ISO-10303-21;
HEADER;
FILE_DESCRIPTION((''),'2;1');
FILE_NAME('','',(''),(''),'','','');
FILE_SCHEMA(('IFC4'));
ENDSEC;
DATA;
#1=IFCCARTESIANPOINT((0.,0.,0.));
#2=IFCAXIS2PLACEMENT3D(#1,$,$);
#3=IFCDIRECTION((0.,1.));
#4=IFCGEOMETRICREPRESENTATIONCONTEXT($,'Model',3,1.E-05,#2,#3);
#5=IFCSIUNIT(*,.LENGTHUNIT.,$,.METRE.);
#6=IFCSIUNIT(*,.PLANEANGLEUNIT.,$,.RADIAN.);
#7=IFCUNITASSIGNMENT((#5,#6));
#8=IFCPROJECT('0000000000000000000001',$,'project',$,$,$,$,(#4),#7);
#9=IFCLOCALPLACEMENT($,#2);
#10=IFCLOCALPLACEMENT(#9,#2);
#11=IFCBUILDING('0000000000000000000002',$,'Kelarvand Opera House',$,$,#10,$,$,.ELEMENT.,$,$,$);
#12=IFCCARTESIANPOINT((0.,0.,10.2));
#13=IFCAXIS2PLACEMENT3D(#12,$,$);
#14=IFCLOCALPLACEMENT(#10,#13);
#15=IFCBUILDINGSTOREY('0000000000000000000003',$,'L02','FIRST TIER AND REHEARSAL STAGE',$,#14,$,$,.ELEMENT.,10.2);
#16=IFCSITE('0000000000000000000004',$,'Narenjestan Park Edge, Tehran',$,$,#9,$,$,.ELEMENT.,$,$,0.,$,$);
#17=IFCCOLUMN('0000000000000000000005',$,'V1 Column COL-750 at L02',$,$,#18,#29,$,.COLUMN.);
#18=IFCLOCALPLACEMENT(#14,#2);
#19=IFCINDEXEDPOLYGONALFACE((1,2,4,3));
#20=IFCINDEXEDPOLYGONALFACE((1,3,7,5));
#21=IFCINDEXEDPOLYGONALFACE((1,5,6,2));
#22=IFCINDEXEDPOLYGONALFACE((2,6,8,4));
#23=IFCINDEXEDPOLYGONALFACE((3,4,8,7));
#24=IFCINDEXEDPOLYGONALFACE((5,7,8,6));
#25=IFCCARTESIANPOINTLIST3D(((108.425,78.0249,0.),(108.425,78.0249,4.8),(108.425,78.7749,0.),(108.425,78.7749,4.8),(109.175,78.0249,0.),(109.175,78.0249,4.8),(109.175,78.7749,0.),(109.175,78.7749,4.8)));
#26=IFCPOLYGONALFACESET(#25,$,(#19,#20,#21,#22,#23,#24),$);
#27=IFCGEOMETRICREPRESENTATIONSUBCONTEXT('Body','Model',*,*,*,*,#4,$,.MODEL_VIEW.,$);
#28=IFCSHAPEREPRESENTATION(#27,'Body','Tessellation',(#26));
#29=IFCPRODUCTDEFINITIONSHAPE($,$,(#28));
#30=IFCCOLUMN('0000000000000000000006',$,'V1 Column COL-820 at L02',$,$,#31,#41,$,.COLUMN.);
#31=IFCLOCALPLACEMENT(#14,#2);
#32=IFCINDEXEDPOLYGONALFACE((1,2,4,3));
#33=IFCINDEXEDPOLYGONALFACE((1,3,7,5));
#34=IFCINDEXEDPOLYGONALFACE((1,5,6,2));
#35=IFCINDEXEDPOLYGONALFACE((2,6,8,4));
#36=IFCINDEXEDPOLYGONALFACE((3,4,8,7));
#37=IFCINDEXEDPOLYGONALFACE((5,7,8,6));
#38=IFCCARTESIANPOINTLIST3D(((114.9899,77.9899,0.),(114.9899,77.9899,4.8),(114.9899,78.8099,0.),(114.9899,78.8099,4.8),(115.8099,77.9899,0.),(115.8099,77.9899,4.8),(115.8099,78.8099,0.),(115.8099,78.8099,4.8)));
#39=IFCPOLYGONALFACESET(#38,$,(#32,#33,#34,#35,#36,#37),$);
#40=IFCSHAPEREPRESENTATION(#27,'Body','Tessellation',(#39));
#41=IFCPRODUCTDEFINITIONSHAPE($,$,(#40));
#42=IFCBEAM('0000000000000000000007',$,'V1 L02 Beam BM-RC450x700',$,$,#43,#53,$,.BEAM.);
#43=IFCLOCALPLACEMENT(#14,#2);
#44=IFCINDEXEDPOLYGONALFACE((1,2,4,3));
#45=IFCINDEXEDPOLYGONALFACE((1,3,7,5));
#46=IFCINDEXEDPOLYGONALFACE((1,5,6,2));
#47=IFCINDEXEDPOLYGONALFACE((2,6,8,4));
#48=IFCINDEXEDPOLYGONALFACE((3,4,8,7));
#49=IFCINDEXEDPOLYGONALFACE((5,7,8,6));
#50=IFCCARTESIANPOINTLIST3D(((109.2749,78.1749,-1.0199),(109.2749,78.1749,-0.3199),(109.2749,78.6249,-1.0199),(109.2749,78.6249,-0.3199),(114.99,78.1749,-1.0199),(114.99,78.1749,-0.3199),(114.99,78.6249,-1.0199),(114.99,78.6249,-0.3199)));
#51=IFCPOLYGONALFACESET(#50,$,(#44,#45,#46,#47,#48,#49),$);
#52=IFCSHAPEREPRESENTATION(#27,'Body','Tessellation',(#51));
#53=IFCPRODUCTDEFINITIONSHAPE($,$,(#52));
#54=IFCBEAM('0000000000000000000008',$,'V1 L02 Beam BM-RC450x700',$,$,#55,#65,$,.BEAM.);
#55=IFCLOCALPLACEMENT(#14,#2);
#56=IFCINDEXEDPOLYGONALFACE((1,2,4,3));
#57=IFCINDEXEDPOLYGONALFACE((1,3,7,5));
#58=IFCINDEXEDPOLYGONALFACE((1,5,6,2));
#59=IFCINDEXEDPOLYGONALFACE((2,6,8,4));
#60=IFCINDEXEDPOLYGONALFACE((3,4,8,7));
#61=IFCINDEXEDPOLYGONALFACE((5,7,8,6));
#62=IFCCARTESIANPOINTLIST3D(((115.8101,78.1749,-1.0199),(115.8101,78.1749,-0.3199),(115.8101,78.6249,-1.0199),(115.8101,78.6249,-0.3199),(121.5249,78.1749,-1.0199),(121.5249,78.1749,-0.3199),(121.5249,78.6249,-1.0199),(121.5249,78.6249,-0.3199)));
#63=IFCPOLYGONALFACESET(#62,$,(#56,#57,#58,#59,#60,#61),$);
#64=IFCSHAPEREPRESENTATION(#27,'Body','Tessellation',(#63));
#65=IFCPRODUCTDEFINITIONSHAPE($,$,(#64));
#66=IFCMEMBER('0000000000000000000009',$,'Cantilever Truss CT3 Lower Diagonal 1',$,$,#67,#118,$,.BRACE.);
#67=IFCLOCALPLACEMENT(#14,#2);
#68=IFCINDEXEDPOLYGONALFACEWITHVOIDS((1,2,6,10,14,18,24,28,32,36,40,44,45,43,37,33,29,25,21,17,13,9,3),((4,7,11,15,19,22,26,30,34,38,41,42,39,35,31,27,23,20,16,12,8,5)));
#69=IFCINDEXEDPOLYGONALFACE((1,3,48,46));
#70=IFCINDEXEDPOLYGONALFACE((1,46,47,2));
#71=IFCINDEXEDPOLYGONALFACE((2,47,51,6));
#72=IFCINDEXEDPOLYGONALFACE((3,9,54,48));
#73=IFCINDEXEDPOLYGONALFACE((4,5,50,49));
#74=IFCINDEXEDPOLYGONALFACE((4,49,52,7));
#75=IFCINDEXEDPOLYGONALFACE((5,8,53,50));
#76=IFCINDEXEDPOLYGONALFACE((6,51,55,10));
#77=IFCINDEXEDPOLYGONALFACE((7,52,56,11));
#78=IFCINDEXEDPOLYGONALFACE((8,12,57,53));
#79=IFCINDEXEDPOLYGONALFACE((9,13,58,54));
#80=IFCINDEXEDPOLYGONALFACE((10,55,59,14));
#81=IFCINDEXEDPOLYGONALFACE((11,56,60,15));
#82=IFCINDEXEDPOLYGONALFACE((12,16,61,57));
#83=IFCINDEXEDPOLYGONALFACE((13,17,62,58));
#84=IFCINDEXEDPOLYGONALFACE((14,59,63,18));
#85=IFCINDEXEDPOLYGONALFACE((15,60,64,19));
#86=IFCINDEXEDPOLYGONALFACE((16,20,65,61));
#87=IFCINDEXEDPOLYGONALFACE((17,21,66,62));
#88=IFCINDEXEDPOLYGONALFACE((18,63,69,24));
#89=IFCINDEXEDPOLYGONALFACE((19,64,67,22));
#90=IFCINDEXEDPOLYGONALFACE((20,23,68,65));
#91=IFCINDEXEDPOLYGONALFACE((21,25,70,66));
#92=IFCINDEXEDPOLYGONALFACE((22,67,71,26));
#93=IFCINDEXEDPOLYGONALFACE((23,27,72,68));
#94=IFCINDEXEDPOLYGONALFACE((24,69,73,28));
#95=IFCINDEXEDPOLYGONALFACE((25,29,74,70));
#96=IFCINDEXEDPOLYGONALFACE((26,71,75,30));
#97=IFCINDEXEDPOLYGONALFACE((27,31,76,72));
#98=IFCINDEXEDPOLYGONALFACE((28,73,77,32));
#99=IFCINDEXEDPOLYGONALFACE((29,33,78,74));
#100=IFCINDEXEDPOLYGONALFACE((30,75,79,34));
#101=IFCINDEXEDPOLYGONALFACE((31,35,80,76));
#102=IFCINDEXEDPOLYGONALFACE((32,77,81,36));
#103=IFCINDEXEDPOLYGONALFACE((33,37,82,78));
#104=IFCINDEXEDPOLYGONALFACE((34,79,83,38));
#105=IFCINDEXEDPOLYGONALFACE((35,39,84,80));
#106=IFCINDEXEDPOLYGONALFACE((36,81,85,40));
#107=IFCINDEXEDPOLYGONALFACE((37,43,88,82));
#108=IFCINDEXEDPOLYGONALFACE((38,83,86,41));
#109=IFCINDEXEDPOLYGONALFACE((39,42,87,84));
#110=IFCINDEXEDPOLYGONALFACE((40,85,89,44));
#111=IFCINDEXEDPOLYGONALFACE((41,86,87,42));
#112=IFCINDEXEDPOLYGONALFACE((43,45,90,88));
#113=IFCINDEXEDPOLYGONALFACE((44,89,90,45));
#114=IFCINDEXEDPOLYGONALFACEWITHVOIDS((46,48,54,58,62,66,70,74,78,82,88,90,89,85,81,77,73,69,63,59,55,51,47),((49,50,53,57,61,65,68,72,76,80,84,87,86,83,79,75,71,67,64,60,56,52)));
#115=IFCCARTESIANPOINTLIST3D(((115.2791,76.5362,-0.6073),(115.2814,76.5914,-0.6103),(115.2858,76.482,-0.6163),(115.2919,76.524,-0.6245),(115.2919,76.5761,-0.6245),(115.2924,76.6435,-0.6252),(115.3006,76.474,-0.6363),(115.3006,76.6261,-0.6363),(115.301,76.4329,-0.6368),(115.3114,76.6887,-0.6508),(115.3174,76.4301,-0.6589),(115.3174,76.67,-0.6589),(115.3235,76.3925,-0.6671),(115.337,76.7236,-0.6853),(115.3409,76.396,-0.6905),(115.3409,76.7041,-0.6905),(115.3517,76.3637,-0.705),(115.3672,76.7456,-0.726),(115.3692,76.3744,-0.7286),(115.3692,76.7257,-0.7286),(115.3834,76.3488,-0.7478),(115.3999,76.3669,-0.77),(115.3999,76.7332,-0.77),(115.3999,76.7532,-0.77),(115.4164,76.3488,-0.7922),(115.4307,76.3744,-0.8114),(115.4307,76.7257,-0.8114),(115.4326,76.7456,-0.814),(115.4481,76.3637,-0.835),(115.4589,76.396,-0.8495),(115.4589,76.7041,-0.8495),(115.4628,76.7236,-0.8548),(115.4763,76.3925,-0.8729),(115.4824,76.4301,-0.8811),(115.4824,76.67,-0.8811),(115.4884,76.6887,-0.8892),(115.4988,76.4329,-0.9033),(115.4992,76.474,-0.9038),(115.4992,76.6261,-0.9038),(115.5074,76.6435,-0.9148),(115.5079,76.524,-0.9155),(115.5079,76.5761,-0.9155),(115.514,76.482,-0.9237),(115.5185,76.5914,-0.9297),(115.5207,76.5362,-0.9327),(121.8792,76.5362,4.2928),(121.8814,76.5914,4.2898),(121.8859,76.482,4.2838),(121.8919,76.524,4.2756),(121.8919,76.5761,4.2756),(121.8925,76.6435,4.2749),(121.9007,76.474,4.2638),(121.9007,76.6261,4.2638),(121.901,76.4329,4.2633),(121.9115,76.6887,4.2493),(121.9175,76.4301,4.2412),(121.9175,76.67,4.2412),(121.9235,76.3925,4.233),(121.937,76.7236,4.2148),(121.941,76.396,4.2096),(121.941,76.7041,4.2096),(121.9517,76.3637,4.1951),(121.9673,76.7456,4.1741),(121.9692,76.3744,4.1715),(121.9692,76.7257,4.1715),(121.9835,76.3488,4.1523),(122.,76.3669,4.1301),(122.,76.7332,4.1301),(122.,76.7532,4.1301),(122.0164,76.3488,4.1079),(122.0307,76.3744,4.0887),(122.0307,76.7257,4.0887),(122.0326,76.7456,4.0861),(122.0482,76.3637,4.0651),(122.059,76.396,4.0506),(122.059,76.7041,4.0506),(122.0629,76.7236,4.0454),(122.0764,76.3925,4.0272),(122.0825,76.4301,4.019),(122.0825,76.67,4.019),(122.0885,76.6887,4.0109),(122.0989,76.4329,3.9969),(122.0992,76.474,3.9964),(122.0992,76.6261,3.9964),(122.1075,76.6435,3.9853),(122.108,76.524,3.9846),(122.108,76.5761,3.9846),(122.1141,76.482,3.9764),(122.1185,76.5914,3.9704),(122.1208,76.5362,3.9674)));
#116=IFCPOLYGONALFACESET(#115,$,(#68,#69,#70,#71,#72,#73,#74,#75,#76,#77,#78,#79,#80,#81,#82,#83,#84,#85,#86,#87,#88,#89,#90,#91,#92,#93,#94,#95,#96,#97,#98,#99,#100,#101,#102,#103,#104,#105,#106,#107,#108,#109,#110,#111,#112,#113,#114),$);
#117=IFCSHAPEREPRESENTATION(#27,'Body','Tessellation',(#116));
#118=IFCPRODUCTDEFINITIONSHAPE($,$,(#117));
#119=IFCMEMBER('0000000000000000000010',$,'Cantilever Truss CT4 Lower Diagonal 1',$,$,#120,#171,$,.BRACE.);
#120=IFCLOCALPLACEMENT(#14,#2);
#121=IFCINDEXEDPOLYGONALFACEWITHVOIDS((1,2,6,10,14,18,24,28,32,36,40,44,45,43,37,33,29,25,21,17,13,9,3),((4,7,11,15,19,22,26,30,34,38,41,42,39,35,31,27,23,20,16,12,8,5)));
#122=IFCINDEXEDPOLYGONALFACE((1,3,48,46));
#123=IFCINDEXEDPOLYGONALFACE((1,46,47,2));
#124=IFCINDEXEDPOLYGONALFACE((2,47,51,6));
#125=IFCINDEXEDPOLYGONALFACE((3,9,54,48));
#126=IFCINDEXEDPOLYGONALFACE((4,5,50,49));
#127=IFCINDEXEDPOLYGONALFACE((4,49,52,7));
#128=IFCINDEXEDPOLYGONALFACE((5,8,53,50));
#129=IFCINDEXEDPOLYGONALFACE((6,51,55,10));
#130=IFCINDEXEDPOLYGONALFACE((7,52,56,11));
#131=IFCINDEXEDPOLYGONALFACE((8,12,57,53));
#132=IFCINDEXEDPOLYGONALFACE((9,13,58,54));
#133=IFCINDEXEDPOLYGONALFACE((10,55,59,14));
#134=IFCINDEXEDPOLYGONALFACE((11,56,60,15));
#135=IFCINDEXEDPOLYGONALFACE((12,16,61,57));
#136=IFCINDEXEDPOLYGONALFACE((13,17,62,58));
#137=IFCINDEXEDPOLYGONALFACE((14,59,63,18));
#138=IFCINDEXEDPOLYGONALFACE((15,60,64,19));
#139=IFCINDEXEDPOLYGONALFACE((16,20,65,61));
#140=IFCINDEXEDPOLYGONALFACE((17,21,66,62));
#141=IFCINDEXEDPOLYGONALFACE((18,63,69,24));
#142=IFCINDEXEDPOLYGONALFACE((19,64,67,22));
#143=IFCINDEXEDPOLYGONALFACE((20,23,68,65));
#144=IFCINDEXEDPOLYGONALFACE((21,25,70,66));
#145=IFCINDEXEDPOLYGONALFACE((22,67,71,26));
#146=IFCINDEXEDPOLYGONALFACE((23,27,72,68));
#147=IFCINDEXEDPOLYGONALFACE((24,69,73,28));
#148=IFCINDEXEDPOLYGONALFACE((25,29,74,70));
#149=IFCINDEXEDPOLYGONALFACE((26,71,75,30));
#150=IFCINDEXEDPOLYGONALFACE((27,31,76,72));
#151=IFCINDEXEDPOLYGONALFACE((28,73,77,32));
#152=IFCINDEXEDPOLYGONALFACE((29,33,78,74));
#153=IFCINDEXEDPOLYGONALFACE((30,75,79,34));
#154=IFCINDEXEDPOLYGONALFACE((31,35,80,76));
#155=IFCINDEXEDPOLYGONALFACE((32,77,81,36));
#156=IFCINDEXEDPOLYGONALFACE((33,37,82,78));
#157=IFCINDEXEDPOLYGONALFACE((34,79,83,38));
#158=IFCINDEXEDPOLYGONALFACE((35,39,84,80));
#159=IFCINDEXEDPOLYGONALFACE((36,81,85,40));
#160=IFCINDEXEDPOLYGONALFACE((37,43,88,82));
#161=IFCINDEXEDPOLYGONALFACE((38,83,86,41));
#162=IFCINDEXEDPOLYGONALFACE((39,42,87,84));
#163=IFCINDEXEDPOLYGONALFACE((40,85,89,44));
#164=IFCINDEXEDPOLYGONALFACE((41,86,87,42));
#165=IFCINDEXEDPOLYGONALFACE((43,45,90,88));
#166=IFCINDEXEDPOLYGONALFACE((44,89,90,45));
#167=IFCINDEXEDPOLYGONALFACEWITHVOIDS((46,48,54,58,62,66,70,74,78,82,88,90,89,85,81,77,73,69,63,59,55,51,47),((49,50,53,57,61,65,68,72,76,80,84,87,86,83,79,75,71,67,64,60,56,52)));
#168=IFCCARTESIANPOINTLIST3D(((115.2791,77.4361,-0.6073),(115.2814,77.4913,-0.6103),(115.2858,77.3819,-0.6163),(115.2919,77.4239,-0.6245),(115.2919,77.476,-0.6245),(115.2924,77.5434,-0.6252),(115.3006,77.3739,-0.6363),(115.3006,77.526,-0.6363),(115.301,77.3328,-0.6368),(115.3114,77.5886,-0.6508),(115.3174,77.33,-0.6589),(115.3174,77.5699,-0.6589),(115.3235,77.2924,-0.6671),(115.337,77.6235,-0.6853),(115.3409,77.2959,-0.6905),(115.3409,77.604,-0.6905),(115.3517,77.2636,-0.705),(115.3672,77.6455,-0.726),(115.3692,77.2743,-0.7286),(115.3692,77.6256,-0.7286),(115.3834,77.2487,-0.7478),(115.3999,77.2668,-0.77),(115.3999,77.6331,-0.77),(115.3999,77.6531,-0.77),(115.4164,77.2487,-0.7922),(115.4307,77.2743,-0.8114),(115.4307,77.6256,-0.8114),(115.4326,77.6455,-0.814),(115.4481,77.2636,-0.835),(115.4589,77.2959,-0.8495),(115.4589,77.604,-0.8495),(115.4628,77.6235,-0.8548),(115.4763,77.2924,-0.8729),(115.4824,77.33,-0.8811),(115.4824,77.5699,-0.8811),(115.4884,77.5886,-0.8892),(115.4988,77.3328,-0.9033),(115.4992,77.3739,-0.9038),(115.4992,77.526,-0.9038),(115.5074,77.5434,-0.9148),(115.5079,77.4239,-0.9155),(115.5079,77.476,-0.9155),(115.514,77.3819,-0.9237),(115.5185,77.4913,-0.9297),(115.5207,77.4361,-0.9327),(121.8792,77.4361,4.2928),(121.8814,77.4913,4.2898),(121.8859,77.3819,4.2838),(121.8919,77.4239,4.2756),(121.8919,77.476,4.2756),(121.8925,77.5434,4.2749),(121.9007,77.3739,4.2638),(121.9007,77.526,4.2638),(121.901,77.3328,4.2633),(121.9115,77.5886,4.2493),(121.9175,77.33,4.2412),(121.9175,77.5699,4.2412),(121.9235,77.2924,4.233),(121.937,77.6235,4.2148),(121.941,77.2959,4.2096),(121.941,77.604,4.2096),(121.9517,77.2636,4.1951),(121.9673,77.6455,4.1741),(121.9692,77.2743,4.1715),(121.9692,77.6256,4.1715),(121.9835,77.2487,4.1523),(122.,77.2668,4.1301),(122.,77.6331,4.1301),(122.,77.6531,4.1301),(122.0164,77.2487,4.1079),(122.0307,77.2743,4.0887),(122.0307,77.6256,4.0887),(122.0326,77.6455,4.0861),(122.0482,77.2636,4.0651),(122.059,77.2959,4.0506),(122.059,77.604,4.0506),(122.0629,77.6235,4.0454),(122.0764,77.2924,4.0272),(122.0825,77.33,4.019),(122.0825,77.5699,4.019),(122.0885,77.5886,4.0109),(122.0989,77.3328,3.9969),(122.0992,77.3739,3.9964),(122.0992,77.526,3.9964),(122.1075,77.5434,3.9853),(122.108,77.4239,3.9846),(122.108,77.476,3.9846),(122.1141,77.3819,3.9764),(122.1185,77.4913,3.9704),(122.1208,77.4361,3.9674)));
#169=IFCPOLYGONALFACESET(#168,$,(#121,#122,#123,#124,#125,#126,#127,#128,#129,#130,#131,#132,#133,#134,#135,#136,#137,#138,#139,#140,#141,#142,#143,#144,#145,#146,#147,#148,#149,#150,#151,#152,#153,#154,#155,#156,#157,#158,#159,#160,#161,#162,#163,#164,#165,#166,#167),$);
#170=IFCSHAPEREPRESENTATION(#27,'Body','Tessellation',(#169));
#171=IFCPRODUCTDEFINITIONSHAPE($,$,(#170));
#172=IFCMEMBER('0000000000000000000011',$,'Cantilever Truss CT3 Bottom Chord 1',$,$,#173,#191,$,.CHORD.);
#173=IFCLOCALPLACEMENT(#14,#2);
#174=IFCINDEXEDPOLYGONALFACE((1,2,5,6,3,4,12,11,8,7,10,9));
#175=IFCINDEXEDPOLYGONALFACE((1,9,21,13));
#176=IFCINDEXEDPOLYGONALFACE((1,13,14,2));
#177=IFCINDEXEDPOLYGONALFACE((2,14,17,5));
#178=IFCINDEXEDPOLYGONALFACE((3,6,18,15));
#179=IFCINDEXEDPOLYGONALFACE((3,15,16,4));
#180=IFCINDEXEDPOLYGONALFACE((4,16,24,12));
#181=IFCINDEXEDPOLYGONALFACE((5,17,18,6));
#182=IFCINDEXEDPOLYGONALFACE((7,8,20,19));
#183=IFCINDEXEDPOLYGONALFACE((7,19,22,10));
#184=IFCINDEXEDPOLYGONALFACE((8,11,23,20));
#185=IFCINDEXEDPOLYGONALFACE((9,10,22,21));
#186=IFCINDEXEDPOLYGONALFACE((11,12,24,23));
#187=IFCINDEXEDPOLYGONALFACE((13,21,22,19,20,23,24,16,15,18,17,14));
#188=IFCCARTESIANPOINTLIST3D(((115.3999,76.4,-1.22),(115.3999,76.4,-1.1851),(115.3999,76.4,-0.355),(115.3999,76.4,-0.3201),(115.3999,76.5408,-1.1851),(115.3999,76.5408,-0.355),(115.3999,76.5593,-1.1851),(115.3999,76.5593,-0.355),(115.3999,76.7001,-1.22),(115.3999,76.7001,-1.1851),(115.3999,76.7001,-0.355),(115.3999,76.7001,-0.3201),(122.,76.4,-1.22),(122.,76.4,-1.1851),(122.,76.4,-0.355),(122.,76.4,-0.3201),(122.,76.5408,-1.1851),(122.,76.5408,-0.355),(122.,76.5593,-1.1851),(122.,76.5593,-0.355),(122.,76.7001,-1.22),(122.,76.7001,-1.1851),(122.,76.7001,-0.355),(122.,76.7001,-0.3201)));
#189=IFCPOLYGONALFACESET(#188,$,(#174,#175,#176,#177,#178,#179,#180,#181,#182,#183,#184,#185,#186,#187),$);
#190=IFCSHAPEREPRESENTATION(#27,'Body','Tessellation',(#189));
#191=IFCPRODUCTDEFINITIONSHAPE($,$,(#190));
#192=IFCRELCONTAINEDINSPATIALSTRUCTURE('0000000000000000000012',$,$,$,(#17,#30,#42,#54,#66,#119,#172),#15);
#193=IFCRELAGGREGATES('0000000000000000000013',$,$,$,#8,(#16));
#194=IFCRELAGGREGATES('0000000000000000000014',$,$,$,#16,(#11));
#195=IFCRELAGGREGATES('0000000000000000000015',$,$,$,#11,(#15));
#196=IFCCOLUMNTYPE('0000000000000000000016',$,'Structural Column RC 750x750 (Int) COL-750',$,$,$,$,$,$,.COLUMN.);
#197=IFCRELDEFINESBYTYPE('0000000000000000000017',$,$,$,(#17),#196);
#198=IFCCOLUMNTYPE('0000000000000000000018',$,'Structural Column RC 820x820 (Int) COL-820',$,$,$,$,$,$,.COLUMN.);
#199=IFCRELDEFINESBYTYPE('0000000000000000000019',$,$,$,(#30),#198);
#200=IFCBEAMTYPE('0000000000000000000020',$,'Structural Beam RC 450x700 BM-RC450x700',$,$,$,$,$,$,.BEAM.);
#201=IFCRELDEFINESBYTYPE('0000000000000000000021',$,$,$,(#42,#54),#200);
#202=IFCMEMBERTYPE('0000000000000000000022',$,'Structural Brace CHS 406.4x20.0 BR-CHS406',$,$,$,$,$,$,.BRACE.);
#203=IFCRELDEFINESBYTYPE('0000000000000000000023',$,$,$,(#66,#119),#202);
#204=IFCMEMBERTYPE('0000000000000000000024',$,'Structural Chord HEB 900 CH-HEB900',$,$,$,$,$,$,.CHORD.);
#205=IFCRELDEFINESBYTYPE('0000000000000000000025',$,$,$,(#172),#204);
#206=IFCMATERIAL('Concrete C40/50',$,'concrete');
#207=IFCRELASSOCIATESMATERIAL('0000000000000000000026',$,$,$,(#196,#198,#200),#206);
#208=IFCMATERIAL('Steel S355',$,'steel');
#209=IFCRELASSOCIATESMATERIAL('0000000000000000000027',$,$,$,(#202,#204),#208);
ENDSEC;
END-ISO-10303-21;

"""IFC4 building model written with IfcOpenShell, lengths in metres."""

from ifc_helpers import new_model, si_unit, direction, frame, origin, origin_2d, place, context, subcontext, project, spatial, rectangle, hollow_circle, i_section, extrude, material, material_profile, profile_set, type_object, element, save


model = new_model("IFC4")

# Units and contexts
model_context = context("Model", 3, precision=1e-05, world=origin(), true_north=direction((0.0, 1.0)))
body_context = subcontext(model_context, "Body", "Model", "MODEL_VIEW")
ifc_project = project(units=[si_unit("LENGTHUNIT", "METRE"), si_unit("PLANEANGLEUNIT", "RADIAN")], contexts=[model_context])

# Site, building, storey
site_placement = place(None, origin())
site = spatial("IfcSite", under=ifc_project, at=site_placement, Name="Narenjestan Park Edge, Tehran", CompositionType="ELEMENT", RefElevation=0.0)
building_placement = place(site_placement, origin())
building = spatial("IfcBuilding", under=site, at=building_placement, Name="Kelarvand Opera House", CompositionType="ELEMENT")
storey_placement = place(building_placement, frame((0.0, 0.0, 10.2)))
storey = spatial("IfcBuildingStorey", under=building, at=storey_placement, Name="L02", Description="FIRST TIER AND REHEARSAL STAGE", CompositionType="ELEMENT", Elevation=10.2)

# Columns
ifc_material_1 = material(Name="Concrete C40/50", Category="concrete")
ifc_material_profile_1 = material_profile(ifc_material_1, rectangle(XDim=0.75, YDim=0.75, at=origin_2d()), Name="RC 750x750", Category="concrete")
ifc_profile_set_1 = profile_set([ifc_material_profile_1], Name="Concrete C40/50")
column_type_1 = type_object("IfcColumnType", Name="Structural Column RC 750x750 (Int) COL-750", PredefinedType="COLUMN", material=ifc_profile_set_1)
column_1_placement = place(storey_placement, frame((108.8, 78.3999, 0.0), z_axis=(0.0, 0.0, 1.0), x_axis=(1.0, 0.0, 0.0)))
element("IfcColumn", 1, at=column_1_placement, inside=storey, type_object=column_type_1, Name="V1 Column COL-750 at L02", PredefinedType="COLUMN", context=body_context, shape_type="SweptSolid", body=[
    extrude(rectangle(XDim=0.75, YDim=0.75, at=origin_2d()), origin(), (0.0, 0.0, 1.0), 4.8),
])
ifc_material_profile_2 = material_profile(ifc_material_1, rectangle(XDim=0.8201, YDim=0.8201, at=origin_2d()), Name="RC 820x820", Category="concrete")
ifc_profile_set_2 = profile_set([ifc_material_profile_2], Name="Concrete C40/50")
column_type_2 = type_object("IfcColumnType", Name="Structural Column RC 820x820 (Int) COL-820", PredefinedType="COLUMN", material=ifc_profile_set_2)
column_2_placement = place(storey_placement, frame((115.3999, 78.3999, 0.0), z_axis=(0.0, 0.0, 1.0), x_axis=(1.0, 0.0, 0.0)))
element("IfcColumn", 2, at=column_2_placement, inside=storey, type_object=column_type_2, Name="V1 Column COL-820 at L02", PredefinedType="COLUMN", context=body_context, shape_type="SweptSolid", body=[
    extrude(rectangle(XDim=0.8201, YDim=0.8201, at=origin_2d()), origin(), (0.0, 0.0, 1.0), 4.8),
])

# Beams
ifc_material_profile_3 = material_profile(ifc_material_1, rectangle(XDim=0.45, YDim=0.7, at=origin_2d()), Name="RC 450x700", Category="concrete")
ifc_profile_set_3 = profile_set([ifc_material_profile_3], Name="Concrete C40/50")
beam_type_1 = type_object("IfcBeamType", Name="Structural Beam RC 450x700 BM-RC450x700", PredefinedType="BEAM", material=ifc_profile_set_3)
beam_1_placement = place(storey_placement, frame((109.2749, 78.3999, -0.6699), z_axis=(1.0, 0.0, 0.0), x_axis=(0.0, 1.0, 0.0)))
element("IfcBeam", 3, at=beam_1_placement, inside=storey, type_object=beam_type_1, Name="V1 L02 Beam BM-RC450x700", PredefinedType="BEAM", context=body_context, shape_type="SweptSolid", body=[
    extrude(rectangle(XDim=0.45, YDim=0.7, at=origin_2d()), origin(), (0.0, 0.0, 1.0), 5.7151),
])
beam_2_placement = place(storey_placement, frame((115.8101, 78.3999, -0.6699), z_axis=(1.0, 0.0, 0.0), x_axis=(0.0, 1.0, 0.0)))
element("IfcBeam", 4, at=beam_2_placement, inside=storey, type_object=beam_type_1, Name="V1 L02 Beam BM-RC450x700", PredefinedType="BEAM", context=body_context, shape_type="SweptSolid", body=[
    extrude(rectangle(XDim=0.45, YDim=0.7, at=origin_2d()), origin(), (0.0, 0.0, 1.0), 5.7148),
])

# Members
ifc_material_2 = material(Name="Steel S355", Category="steel")
ifc_material_profile_4 = material_profile(ifc_material_2, hollow_circle(Radius=0.2031, WallThickness=0.02, at=origin_2d()), Name="CHS 406.4x20.0", Category="steel")
ifc_profile_set_4 = profile_set([ifc_material_profile_4], Name="Steel S355")
member_type_1 = type_object("IfcMemberType", Name="Structural Brace CHS 406.4x20.0 BR-CHS406", PredefinedType="BRACE", material=ifc_profile_set_4)
for number, where, z_axis, x_axis, name in (
    (5, (115.3999, 76.55, -0.77), (0.802906, 0.0, 0.596106), (0.0, 1.0, 0.0), "Cantilever Truss CT3 Lower Diagonal 1"),
    (6, (115.3999, 77.45, -0.77), (0.802906, 0.0, 0.596106), (0.0, 1.0, 0.0), "Cantilever Truss CT4 Lower Diagonal 1"),
):
    element("IfcMember", number, at=place(storey_placement, frame(where, z_axis=z_axis, x_axis=x_axis)), inside=storey, type_object=member_type_1, Name=name, PredefinedType="BRACE", context=body_context, shape_type="SweptSolid", body=[
        extrude(hollow_circle(Radius=0.2031, WallThickness=0.02, at=origin_2d()), origin(), (0.0, 0.0, 1.0), 8.2202),
    ])
ifc_material_profile_5 = material_profile(ifc_material_2, i_section(OverallWidth=0.3, OverallDepth=0.8999, WebThickness=0.0186, FlangeThickness=0.0349, at=origin_2d()), Name="HEB 900", Category="steel")
ifc_profile_set_5 = profile_set([ifc_material_profile_5], Name="Steel S355")
member_type_2 = type_object("IfcMemberType", Name="Structural Chord HEB 900 CH-HEB900", PredefinedType="CHORD", material=ifc_profile_set_5)
for number, where, z_axis, x_axis, name in (
    (7, (115.3999, 76.55, -0.77), (1.0, 0.0, 0.0), (0.0, 1.0, 0.0), "Cantilever Truss CT3 Bottom Chord 1"),
):
    element("IfcMember", number, at=place(storey_placement, frame(where, z_axis=z_axis, x_axis=x_axis)), inside=storey, type_object=member_type_2, Name=name, PredefinedType="CHORD", context=body_context, shape_type="SweptSolid", body=[
        extrude(i_section(OverallWidth=0.3, OverallDepth=0.8999, WebThickness=0.0186, FlangeThickness=0.0349, at=origin_2d()), origin(), (0.0, 0.0, 1.0), 6.6001),
    ])

save(model, "model.ifc")
